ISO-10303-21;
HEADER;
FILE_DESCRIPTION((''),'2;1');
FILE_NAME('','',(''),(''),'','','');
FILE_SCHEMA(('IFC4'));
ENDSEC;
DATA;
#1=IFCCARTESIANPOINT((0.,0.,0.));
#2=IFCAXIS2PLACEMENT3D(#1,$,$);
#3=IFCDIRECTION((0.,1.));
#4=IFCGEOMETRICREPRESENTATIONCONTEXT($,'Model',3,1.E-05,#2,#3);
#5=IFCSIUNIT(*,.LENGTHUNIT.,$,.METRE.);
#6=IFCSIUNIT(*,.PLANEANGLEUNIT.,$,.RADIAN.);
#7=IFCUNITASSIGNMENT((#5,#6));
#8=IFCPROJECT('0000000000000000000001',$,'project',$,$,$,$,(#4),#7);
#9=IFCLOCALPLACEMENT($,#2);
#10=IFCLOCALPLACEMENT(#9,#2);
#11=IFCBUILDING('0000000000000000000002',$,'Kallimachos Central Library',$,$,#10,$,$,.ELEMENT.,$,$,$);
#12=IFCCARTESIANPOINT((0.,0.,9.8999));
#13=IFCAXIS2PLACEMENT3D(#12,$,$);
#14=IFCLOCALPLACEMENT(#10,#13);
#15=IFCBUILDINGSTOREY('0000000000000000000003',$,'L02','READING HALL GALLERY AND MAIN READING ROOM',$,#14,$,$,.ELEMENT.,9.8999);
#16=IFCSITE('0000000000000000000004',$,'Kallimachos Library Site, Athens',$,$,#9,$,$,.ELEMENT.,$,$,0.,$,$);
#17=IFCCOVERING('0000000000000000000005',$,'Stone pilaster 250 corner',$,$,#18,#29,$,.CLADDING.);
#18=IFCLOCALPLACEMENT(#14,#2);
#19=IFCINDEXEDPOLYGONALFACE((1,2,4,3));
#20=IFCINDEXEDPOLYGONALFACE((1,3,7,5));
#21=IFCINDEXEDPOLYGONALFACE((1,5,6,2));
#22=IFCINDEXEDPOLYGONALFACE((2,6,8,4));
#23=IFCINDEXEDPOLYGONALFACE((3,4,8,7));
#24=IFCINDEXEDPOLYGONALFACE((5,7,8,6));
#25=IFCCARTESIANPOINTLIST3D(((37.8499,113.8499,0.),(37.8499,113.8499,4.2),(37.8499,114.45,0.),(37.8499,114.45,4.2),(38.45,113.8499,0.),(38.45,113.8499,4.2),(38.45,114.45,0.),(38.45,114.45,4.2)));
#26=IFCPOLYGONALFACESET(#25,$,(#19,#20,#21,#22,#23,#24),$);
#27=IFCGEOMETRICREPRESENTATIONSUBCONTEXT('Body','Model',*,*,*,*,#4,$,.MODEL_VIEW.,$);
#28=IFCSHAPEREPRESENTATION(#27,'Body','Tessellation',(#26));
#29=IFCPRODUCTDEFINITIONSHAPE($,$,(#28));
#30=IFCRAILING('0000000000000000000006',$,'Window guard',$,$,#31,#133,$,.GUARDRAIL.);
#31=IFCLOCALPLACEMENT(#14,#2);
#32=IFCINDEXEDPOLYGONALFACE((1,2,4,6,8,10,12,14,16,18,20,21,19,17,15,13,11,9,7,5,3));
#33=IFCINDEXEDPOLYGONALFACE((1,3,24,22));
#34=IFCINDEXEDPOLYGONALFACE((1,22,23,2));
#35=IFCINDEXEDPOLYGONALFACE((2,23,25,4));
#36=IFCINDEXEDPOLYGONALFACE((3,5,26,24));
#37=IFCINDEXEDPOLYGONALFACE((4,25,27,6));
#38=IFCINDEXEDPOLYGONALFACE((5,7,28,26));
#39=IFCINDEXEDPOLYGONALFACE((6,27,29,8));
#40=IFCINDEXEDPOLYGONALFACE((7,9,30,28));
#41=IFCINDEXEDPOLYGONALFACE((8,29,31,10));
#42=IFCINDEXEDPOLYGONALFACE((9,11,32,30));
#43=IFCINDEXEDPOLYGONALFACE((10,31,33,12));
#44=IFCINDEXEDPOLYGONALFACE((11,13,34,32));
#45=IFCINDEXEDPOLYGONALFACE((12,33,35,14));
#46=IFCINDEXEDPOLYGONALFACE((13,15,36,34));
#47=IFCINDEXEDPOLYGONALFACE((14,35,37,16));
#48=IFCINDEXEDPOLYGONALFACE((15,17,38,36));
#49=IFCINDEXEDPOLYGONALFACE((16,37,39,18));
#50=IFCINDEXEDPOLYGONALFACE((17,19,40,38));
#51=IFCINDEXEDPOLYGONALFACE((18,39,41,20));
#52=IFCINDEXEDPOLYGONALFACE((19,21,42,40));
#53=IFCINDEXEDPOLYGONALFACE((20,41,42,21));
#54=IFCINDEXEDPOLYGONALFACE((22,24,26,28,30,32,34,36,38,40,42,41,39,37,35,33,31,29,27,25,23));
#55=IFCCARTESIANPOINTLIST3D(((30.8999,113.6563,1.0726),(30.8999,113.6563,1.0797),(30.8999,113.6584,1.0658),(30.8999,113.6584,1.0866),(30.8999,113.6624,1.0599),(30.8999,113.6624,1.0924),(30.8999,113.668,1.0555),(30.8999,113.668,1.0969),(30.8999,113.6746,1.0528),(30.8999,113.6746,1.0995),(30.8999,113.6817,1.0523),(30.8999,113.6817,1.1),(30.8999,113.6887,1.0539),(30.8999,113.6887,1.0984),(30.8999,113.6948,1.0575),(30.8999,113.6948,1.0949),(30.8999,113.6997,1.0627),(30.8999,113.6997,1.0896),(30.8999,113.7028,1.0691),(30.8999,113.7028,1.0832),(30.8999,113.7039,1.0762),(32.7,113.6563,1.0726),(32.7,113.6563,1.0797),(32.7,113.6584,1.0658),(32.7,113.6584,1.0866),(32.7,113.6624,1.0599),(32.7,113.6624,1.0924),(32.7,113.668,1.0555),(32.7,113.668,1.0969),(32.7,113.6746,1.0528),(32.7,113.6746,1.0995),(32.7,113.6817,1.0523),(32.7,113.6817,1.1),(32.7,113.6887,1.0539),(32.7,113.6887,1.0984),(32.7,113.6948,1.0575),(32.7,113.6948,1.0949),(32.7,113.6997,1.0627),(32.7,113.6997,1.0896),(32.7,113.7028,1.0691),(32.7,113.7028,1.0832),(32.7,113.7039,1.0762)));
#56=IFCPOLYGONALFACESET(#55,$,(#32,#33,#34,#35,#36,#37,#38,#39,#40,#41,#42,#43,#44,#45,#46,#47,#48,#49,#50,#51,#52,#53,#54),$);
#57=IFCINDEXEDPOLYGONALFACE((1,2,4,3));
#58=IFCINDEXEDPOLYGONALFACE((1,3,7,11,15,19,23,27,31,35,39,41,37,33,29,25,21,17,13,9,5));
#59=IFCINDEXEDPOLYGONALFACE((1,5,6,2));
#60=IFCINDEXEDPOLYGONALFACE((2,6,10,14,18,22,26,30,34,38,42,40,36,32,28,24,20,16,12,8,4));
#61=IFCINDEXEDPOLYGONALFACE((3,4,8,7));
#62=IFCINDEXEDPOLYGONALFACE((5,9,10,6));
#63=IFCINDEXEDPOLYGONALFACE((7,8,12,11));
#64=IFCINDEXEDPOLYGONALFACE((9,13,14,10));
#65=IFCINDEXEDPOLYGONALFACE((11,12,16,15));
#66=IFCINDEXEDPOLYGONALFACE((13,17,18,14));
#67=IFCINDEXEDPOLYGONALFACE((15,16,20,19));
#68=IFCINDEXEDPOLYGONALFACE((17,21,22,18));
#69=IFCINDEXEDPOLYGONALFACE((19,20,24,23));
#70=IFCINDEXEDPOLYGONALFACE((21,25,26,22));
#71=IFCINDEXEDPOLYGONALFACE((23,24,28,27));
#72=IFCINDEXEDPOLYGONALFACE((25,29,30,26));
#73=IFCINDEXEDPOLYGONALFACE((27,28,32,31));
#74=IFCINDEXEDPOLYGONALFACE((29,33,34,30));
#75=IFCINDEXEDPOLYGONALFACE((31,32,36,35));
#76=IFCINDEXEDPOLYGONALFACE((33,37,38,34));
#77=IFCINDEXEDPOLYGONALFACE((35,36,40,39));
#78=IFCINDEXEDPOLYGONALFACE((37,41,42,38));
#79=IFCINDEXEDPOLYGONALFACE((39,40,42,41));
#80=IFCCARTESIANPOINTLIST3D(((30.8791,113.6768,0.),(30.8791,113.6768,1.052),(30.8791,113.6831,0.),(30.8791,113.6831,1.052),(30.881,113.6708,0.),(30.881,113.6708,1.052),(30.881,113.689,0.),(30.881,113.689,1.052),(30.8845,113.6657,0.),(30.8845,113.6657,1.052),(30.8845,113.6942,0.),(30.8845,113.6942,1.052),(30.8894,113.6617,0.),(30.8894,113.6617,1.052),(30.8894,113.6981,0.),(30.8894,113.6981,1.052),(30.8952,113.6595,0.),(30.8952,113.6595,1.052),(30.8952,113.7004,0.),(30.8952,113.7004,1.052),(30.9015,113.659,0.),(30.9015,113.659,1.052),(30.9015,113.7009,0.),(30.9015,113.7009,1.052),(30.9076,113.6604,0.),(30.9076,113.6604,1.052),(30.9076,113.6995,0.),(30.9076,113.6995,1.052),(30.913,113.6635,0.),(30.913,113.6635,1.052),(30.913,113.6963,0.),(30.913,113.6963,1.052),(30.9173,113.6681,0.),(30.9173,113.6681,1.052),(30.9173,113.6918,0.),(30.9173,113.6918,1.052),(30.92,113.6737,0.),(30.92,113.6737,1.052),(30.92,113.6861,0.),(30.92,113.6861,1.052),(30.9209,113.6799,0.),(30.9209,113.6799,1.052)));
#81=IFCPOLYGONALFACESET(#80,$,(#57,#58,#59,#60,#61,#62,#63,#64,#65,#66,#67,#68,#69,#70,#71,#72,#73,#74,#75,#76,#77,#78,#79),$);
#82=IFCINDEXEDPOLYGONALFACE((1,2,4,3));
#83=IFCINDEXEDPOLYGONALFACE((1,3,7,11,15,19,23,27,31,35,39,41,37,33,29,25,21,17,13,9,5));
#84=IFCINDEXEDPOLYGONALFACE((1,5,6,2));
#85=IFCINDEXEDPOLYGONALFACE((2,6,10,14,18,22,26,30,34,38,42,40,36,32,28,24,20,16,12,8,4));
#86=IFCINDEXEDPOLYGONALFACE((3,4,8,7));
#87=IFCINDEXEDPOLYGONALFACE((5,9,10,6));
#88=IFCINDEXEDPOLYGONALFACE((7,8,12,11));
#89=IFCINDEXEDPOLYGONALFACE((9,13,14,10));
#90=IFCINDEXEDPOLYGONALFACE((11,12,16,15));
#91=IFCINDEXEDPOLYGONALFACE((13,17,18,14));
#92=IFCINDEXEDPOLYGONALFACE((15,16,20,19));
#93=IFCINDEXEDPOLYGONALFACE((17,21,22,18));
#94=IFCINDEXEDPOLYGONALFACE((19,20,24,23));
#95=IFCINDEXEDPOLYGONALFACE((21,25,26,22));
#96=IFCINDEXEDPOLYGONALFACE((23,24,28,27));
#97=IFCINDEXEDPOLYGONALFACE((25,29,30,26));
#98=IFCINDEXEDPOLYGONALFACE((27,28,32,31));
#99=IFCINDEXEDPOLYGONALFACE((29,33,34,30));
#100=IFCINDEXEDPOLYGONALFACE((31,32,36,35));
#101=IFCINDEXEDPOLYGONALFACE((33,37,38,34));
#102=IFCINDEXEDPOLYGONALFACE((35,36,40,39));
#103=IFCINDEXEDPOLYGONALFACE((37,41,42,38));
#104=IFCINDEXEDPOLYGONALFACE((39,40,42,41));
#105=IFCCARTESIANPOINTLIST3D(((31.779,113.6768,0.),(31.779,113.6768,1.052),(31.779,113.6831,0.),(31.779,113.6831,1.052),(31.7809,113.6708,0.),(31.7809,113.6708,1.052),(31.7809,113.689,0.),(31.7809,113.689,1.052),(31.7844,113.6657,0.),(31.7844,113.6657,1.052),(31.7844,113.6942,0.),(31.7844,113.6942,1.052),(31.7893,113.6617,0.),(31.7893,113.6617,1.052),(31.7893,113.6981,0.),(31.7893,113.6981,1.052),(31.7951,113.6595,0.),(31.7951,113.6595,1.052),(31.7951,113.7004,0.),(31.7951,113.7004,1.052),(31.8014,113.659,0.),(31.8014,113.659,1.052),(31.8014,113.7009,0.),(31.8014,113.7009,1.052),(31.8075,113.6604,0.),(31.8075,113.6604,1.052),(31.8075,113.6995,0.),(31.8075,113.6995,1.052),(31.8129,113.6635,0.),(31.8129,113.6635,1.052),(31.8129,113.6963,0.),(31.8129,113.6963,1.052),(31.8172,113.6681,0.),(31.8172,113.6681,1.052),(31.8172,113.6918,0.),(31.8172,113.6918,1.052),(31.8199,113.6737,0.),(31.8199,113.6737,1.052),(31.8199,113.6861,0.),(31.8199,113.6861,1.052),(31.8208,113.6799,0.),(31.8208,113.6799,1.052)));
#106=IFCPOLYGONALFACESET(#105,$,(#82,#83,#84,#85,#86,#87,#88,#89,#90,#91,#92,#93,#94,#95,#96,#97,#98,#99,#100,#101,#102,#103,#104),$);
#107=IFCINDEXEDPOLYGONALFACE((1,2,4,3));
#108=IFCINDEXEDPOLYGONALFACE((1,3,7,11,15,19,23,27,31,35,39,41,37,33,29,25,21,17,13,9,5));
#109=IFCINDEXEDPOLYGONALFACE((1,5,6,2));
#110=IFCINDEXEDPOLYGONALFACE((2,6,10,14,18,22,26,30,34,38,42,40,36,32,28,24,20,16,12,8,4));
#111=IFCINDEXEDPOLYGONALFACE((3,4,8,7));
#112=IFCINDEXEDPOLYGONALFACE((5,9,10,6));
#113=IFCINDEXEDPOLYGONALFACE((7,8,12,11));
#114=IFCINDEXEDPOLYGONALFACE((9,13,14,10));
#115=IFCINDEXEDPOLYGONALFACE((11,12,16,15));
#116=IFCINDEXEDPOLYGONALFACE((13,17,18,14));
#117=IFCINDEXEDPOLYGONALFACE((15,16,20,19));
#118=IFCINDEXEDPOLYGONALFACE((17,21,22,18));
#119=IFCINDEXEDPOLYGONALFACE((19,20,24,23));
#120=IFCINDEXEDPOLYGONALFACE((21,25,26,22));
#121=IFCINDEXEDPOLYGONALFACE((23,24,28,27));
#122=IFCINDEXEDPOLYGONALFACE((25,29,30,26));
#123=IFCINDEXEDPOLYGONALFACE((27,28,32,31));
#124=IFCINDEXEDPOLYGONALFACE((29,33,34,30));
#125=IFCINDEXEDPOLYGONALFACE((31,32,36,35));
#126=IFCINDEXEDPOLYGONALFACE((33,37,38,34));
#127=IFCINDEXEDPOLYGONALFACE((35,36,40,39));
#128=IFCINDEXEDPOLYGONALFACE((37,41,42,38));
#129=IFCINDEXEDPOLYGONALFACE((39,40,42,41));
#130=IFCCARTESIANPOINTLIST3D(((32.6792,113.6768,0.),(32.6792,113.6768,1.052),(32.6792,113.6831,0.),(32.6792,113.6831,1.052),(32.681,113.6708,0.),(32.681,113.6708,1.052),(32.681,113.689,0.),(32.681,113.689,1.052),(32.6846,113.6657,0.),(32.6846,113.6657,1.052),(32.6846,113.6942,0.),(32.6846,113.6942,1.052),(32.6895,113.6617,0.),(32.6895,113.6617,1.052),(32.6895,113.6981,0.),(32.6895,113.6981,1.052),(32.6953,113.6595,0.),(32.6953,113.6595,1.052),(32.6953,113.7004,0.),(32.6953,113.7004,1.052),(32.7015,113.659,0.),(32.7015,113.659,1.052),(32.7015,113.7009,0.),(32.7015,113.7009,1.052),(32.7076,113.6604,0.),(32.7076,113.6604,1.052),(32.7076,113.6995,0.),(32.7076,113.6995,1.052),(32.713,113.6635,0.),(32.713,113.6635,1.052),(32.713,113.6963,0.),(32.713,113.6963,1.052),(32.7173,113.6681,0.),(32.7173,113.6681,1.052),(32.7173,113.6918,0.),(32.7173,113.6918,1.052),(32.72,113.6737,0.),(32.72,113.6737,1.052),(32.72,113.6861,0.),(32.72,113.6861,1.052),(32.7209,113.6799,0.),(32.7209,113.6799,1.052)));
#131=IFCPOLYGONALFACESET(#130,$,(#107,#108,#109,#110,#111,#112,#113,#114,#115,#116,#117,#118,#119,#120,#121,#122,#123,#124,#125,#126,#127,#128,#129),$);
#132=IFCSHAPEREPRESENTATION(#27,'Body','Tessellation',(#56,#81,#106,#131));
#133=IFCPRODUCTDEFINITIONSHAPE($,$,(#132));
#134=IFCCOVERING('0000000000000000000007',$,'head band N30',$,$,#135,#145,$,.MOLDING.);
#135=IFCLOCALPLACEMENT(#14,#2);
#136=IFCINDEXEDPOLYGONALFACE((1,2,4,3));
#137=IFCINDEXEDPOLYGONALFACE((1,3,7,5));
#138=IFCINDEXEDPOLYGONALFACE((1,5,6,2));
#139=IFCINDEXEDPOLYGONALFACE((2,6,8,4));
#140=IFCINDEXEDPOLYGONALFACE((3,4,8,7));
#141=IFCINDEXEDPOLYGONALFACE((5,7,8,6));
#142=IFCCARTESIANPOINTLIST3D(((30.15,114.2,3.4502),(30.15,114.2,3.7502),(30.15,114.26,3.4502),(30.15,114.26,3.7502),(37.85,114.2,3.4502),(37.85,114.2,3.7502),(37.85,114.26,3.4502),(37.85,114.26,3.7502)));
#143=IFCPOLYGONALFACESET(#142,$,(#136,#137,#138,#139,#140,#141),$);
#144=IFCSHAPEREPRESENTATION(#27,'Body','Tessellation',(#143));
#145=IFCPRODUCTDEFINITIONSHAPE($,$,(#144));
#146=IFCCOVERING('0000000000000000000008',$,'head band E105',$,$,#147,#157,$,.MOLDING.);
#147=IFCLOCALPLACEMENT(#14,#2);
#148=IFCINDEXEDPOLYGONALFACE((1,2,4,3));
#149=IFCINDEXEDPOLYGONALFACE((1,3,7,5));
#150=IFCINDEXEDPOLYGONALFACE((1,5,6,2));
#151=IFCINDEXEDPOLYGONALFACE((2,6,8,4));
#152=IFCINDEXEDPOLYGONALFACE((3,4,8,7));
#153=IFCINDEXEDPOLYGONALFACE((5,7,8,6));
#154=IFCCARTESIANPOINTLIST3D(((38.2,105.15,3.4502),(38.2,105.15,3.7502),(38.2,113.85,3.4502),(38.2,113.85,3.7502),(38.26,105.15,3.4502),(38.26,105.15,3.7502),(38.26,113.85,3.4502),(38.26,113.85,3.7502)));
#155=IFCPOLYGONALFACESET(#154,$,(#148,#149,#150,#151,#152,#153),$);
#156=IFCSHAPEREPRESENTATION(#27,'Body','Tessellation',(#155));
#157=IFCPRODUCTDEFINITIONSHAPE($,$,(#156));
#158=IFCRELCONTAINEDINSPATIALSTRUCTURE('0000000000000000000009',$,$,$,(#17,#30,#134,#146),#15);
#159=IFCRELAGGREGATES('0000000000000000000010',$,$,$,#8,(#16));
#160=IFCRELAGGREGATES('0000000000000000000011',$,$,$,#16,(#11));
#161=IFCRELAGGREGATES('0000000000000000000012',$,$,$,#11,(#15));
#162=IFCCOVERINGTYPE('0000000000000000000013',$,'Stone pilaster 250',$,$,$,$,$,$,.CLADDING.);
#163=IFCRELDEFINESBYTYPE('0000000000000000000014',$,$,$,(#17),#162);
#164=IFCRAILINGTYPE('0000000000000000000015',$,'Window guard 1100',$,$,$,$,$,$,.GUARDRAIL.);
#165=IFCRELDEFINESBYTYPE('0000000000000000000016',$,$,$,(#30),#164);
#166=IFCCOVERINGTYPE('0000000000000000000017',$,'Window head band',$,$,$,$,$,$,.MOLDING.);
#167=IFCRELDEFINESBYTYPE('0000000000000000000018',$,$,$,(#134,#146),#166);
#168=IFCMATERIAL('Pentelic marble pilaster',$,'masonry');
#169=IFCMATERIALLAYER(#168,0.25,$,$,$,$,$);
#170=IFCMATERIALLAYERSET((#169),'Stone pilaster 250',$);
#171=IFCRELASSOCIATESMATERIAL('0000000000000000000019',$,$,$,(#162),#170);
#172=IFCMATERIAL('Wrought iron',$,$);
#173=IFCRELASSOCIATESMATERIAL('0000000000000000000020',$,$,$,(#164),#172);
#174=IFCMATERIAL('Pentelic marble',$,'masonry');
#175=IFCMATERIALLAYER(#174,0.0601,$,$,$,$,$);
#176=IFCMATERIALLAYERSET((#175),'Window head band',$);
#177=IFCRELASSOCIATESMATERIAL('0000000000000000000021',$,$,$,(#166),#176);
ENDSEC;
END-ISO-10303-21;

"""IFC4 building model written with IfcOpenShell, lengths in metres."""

from ifc_helpers import new_model, si_unit, direction, frame, origin, origin_2d, place, context, subcontext, project, spatial, rectangle, circle, extrude, material, layer, layer_set, type_object, element, save


model = new_model("IFC4")

# Units and contexts
model_context = context("Model", 3, precision=1e-05, world=origin(), true_north=direction((0.0, 1.0)))
body_context = subcontext(model_context, "Body", "Model", "MODEL_VIEW")
ifc_project = project(units=[si_unit("LENGTHUNIT", "METRE"), si_unit("PLANEANGLEUNIT", "RADIAN")], contexts=[model_context])

# Site, building, storey
site_placement = place(None, origin())
site = spatial("IfcSite", under=ifc_project, at=site_placement, Name="Kallimachos Library Site, Athens", CompositionType="ELEMENT", RefElevation=0.0)
building_placement = place(site_placement, origin())
building = spatial("IfcBuilding", under=site, at=building_placement, Name="Kallimachos Central Library", CompositionType="ELEMENT")
storey_placement = place(building_placement, frame((0.0, 0.0, 9.8999)))
storey = spatial("IfcBuildingStorey", under=building, at=storey_placement, Name="L02", Description="READING HALL GALLERY AND MAIN READING ROOM", CompositionType="ELEMENT", Elevation=9.8999)

# Covering
ifc_material_1 = material(Name="Pentelic marble pilaster", Category="masonry")
ifc_layer_1 = layer(ifc_material_1, 0.25)
ifc_layer_set_1 = layer_set([ifc_layer_1], Name="Stone pilaster 250")
covering_type_1 = type_object("IfcCoveringType", Name="Stone pilaster 250", PredefinedType="CLADDING", material=ifc_layer_set_1)
covering_1_placement = place(storey_placement, frame((38.1499, 114.1499, 0.0), z_axis=(0.0, 0.0, 1.0), x_axis=(1.0, 0.0, 0.0)))
element("IfcCovering", 1, at=covering_1_placement, inside=storey, type_object=covering_type_1, Name="Stone pilaster 250 corner", PredefinedType="CLADDING", context=body_context, shape_type="SweptSolid", body=[
    extrude(rectangle(XDim=0.6001, YDim=0.6001, at=origin_2d()), origin(), (0.0, 0.0, 1.0), 4.2),
])

# Railing
ifc_material_2 = material(Name="Wrought iron")
railing_type_1 = type_object("IfcRailingType", Name="Window guard 1100", PredefinedType="GUARDRAIL", material=ifc_material_2)
railing_1_placement = place(storey_placement, frame((30.8999, 113.6799, 0.0)))
element("IfcRailing", 2, at=railing_1_placement, inside=storey, type_object=railing_type_1, Name="Window guard", PredefinedType="GUARDRAIL", context=body_context, shape_type="SweptSolid", body=[
    extrude(circle(Radius=0.0239, at=origin_2d()), frame((0.0, 0.0, 1.0762), z_axis=(1.0, 0.0, 0.0), x_axis=(0.0, 1.0, 0.0)), (0.0, 0.0, 1.0), 1.8),
    extrude(circle(Radius=0.021, at=origin_2d()), origin(), (0.0, 0.0, 1.0), 1.052),
    extrude(circle(Radius=0.021, at=origin_2d()), frame((0.8999, 0.0, 0.0)), (0.0, 0.0, 1.0), 1.052),
    extrude(circle(Radius=0.021, at=origin_2d()), frame((1.8, 0.0, 0.0)), (0.0, 0.0, 1.0), 1.052),
])

# Coverings
ifc_material_3 = material(Name="Pentelic marble", Category="masonry")
ifc_layer_2 = layer(ifc_material_3, 0.0601)
ifc_layer_set_2 = layer_set([ifc_layer_2], Name="Window head band")
covering_type_2 = type_object("IfcCoveringType", Name="Window head band", PredefinedType="MOLDING", material=ifc_layer_set_2)
covering_2_placement = place(storey_placement, frame((34.0, 114.23, 3.4502), z_axis=(0.0, 0.0, 1.0), x_axis=(1.0, 0.0, 0.0)))
element("IfcCovering", 3, at=covering_2_placement, inside=storey, type_object=covering_type_2, Name="head band N30", PredefinedType="MOLDING", context=body_context, shape_type="SweptSolid", body=[
    extrude(rectangle(XDim=7.7, YDim=0.0601, at=origin_2d()), origin(), (0.0, 0.0, 1.0), 0.3),
])
covering_3_placement = place(storey_placement, frame((38.23, 109.5, 3.4502), z_axis=(0.0, 0.0, 1.0), x_axis=(1.0, 0.0, 0.0)))
element("IfcCovering", 4, at=covering_3_placement, inside=storey, type_object=covering_type_2, Name="head band E105", PredefinedType="MOLDING", context=body_context, shape_type="SweptSolid", body=[
    extrude(rectangle(XDim=0.0601, YDim=8.7, at=origin_2d()), origin(), (0.0, 0.0, 1.0), 0.3),
])

save(model, "model.ifc")
